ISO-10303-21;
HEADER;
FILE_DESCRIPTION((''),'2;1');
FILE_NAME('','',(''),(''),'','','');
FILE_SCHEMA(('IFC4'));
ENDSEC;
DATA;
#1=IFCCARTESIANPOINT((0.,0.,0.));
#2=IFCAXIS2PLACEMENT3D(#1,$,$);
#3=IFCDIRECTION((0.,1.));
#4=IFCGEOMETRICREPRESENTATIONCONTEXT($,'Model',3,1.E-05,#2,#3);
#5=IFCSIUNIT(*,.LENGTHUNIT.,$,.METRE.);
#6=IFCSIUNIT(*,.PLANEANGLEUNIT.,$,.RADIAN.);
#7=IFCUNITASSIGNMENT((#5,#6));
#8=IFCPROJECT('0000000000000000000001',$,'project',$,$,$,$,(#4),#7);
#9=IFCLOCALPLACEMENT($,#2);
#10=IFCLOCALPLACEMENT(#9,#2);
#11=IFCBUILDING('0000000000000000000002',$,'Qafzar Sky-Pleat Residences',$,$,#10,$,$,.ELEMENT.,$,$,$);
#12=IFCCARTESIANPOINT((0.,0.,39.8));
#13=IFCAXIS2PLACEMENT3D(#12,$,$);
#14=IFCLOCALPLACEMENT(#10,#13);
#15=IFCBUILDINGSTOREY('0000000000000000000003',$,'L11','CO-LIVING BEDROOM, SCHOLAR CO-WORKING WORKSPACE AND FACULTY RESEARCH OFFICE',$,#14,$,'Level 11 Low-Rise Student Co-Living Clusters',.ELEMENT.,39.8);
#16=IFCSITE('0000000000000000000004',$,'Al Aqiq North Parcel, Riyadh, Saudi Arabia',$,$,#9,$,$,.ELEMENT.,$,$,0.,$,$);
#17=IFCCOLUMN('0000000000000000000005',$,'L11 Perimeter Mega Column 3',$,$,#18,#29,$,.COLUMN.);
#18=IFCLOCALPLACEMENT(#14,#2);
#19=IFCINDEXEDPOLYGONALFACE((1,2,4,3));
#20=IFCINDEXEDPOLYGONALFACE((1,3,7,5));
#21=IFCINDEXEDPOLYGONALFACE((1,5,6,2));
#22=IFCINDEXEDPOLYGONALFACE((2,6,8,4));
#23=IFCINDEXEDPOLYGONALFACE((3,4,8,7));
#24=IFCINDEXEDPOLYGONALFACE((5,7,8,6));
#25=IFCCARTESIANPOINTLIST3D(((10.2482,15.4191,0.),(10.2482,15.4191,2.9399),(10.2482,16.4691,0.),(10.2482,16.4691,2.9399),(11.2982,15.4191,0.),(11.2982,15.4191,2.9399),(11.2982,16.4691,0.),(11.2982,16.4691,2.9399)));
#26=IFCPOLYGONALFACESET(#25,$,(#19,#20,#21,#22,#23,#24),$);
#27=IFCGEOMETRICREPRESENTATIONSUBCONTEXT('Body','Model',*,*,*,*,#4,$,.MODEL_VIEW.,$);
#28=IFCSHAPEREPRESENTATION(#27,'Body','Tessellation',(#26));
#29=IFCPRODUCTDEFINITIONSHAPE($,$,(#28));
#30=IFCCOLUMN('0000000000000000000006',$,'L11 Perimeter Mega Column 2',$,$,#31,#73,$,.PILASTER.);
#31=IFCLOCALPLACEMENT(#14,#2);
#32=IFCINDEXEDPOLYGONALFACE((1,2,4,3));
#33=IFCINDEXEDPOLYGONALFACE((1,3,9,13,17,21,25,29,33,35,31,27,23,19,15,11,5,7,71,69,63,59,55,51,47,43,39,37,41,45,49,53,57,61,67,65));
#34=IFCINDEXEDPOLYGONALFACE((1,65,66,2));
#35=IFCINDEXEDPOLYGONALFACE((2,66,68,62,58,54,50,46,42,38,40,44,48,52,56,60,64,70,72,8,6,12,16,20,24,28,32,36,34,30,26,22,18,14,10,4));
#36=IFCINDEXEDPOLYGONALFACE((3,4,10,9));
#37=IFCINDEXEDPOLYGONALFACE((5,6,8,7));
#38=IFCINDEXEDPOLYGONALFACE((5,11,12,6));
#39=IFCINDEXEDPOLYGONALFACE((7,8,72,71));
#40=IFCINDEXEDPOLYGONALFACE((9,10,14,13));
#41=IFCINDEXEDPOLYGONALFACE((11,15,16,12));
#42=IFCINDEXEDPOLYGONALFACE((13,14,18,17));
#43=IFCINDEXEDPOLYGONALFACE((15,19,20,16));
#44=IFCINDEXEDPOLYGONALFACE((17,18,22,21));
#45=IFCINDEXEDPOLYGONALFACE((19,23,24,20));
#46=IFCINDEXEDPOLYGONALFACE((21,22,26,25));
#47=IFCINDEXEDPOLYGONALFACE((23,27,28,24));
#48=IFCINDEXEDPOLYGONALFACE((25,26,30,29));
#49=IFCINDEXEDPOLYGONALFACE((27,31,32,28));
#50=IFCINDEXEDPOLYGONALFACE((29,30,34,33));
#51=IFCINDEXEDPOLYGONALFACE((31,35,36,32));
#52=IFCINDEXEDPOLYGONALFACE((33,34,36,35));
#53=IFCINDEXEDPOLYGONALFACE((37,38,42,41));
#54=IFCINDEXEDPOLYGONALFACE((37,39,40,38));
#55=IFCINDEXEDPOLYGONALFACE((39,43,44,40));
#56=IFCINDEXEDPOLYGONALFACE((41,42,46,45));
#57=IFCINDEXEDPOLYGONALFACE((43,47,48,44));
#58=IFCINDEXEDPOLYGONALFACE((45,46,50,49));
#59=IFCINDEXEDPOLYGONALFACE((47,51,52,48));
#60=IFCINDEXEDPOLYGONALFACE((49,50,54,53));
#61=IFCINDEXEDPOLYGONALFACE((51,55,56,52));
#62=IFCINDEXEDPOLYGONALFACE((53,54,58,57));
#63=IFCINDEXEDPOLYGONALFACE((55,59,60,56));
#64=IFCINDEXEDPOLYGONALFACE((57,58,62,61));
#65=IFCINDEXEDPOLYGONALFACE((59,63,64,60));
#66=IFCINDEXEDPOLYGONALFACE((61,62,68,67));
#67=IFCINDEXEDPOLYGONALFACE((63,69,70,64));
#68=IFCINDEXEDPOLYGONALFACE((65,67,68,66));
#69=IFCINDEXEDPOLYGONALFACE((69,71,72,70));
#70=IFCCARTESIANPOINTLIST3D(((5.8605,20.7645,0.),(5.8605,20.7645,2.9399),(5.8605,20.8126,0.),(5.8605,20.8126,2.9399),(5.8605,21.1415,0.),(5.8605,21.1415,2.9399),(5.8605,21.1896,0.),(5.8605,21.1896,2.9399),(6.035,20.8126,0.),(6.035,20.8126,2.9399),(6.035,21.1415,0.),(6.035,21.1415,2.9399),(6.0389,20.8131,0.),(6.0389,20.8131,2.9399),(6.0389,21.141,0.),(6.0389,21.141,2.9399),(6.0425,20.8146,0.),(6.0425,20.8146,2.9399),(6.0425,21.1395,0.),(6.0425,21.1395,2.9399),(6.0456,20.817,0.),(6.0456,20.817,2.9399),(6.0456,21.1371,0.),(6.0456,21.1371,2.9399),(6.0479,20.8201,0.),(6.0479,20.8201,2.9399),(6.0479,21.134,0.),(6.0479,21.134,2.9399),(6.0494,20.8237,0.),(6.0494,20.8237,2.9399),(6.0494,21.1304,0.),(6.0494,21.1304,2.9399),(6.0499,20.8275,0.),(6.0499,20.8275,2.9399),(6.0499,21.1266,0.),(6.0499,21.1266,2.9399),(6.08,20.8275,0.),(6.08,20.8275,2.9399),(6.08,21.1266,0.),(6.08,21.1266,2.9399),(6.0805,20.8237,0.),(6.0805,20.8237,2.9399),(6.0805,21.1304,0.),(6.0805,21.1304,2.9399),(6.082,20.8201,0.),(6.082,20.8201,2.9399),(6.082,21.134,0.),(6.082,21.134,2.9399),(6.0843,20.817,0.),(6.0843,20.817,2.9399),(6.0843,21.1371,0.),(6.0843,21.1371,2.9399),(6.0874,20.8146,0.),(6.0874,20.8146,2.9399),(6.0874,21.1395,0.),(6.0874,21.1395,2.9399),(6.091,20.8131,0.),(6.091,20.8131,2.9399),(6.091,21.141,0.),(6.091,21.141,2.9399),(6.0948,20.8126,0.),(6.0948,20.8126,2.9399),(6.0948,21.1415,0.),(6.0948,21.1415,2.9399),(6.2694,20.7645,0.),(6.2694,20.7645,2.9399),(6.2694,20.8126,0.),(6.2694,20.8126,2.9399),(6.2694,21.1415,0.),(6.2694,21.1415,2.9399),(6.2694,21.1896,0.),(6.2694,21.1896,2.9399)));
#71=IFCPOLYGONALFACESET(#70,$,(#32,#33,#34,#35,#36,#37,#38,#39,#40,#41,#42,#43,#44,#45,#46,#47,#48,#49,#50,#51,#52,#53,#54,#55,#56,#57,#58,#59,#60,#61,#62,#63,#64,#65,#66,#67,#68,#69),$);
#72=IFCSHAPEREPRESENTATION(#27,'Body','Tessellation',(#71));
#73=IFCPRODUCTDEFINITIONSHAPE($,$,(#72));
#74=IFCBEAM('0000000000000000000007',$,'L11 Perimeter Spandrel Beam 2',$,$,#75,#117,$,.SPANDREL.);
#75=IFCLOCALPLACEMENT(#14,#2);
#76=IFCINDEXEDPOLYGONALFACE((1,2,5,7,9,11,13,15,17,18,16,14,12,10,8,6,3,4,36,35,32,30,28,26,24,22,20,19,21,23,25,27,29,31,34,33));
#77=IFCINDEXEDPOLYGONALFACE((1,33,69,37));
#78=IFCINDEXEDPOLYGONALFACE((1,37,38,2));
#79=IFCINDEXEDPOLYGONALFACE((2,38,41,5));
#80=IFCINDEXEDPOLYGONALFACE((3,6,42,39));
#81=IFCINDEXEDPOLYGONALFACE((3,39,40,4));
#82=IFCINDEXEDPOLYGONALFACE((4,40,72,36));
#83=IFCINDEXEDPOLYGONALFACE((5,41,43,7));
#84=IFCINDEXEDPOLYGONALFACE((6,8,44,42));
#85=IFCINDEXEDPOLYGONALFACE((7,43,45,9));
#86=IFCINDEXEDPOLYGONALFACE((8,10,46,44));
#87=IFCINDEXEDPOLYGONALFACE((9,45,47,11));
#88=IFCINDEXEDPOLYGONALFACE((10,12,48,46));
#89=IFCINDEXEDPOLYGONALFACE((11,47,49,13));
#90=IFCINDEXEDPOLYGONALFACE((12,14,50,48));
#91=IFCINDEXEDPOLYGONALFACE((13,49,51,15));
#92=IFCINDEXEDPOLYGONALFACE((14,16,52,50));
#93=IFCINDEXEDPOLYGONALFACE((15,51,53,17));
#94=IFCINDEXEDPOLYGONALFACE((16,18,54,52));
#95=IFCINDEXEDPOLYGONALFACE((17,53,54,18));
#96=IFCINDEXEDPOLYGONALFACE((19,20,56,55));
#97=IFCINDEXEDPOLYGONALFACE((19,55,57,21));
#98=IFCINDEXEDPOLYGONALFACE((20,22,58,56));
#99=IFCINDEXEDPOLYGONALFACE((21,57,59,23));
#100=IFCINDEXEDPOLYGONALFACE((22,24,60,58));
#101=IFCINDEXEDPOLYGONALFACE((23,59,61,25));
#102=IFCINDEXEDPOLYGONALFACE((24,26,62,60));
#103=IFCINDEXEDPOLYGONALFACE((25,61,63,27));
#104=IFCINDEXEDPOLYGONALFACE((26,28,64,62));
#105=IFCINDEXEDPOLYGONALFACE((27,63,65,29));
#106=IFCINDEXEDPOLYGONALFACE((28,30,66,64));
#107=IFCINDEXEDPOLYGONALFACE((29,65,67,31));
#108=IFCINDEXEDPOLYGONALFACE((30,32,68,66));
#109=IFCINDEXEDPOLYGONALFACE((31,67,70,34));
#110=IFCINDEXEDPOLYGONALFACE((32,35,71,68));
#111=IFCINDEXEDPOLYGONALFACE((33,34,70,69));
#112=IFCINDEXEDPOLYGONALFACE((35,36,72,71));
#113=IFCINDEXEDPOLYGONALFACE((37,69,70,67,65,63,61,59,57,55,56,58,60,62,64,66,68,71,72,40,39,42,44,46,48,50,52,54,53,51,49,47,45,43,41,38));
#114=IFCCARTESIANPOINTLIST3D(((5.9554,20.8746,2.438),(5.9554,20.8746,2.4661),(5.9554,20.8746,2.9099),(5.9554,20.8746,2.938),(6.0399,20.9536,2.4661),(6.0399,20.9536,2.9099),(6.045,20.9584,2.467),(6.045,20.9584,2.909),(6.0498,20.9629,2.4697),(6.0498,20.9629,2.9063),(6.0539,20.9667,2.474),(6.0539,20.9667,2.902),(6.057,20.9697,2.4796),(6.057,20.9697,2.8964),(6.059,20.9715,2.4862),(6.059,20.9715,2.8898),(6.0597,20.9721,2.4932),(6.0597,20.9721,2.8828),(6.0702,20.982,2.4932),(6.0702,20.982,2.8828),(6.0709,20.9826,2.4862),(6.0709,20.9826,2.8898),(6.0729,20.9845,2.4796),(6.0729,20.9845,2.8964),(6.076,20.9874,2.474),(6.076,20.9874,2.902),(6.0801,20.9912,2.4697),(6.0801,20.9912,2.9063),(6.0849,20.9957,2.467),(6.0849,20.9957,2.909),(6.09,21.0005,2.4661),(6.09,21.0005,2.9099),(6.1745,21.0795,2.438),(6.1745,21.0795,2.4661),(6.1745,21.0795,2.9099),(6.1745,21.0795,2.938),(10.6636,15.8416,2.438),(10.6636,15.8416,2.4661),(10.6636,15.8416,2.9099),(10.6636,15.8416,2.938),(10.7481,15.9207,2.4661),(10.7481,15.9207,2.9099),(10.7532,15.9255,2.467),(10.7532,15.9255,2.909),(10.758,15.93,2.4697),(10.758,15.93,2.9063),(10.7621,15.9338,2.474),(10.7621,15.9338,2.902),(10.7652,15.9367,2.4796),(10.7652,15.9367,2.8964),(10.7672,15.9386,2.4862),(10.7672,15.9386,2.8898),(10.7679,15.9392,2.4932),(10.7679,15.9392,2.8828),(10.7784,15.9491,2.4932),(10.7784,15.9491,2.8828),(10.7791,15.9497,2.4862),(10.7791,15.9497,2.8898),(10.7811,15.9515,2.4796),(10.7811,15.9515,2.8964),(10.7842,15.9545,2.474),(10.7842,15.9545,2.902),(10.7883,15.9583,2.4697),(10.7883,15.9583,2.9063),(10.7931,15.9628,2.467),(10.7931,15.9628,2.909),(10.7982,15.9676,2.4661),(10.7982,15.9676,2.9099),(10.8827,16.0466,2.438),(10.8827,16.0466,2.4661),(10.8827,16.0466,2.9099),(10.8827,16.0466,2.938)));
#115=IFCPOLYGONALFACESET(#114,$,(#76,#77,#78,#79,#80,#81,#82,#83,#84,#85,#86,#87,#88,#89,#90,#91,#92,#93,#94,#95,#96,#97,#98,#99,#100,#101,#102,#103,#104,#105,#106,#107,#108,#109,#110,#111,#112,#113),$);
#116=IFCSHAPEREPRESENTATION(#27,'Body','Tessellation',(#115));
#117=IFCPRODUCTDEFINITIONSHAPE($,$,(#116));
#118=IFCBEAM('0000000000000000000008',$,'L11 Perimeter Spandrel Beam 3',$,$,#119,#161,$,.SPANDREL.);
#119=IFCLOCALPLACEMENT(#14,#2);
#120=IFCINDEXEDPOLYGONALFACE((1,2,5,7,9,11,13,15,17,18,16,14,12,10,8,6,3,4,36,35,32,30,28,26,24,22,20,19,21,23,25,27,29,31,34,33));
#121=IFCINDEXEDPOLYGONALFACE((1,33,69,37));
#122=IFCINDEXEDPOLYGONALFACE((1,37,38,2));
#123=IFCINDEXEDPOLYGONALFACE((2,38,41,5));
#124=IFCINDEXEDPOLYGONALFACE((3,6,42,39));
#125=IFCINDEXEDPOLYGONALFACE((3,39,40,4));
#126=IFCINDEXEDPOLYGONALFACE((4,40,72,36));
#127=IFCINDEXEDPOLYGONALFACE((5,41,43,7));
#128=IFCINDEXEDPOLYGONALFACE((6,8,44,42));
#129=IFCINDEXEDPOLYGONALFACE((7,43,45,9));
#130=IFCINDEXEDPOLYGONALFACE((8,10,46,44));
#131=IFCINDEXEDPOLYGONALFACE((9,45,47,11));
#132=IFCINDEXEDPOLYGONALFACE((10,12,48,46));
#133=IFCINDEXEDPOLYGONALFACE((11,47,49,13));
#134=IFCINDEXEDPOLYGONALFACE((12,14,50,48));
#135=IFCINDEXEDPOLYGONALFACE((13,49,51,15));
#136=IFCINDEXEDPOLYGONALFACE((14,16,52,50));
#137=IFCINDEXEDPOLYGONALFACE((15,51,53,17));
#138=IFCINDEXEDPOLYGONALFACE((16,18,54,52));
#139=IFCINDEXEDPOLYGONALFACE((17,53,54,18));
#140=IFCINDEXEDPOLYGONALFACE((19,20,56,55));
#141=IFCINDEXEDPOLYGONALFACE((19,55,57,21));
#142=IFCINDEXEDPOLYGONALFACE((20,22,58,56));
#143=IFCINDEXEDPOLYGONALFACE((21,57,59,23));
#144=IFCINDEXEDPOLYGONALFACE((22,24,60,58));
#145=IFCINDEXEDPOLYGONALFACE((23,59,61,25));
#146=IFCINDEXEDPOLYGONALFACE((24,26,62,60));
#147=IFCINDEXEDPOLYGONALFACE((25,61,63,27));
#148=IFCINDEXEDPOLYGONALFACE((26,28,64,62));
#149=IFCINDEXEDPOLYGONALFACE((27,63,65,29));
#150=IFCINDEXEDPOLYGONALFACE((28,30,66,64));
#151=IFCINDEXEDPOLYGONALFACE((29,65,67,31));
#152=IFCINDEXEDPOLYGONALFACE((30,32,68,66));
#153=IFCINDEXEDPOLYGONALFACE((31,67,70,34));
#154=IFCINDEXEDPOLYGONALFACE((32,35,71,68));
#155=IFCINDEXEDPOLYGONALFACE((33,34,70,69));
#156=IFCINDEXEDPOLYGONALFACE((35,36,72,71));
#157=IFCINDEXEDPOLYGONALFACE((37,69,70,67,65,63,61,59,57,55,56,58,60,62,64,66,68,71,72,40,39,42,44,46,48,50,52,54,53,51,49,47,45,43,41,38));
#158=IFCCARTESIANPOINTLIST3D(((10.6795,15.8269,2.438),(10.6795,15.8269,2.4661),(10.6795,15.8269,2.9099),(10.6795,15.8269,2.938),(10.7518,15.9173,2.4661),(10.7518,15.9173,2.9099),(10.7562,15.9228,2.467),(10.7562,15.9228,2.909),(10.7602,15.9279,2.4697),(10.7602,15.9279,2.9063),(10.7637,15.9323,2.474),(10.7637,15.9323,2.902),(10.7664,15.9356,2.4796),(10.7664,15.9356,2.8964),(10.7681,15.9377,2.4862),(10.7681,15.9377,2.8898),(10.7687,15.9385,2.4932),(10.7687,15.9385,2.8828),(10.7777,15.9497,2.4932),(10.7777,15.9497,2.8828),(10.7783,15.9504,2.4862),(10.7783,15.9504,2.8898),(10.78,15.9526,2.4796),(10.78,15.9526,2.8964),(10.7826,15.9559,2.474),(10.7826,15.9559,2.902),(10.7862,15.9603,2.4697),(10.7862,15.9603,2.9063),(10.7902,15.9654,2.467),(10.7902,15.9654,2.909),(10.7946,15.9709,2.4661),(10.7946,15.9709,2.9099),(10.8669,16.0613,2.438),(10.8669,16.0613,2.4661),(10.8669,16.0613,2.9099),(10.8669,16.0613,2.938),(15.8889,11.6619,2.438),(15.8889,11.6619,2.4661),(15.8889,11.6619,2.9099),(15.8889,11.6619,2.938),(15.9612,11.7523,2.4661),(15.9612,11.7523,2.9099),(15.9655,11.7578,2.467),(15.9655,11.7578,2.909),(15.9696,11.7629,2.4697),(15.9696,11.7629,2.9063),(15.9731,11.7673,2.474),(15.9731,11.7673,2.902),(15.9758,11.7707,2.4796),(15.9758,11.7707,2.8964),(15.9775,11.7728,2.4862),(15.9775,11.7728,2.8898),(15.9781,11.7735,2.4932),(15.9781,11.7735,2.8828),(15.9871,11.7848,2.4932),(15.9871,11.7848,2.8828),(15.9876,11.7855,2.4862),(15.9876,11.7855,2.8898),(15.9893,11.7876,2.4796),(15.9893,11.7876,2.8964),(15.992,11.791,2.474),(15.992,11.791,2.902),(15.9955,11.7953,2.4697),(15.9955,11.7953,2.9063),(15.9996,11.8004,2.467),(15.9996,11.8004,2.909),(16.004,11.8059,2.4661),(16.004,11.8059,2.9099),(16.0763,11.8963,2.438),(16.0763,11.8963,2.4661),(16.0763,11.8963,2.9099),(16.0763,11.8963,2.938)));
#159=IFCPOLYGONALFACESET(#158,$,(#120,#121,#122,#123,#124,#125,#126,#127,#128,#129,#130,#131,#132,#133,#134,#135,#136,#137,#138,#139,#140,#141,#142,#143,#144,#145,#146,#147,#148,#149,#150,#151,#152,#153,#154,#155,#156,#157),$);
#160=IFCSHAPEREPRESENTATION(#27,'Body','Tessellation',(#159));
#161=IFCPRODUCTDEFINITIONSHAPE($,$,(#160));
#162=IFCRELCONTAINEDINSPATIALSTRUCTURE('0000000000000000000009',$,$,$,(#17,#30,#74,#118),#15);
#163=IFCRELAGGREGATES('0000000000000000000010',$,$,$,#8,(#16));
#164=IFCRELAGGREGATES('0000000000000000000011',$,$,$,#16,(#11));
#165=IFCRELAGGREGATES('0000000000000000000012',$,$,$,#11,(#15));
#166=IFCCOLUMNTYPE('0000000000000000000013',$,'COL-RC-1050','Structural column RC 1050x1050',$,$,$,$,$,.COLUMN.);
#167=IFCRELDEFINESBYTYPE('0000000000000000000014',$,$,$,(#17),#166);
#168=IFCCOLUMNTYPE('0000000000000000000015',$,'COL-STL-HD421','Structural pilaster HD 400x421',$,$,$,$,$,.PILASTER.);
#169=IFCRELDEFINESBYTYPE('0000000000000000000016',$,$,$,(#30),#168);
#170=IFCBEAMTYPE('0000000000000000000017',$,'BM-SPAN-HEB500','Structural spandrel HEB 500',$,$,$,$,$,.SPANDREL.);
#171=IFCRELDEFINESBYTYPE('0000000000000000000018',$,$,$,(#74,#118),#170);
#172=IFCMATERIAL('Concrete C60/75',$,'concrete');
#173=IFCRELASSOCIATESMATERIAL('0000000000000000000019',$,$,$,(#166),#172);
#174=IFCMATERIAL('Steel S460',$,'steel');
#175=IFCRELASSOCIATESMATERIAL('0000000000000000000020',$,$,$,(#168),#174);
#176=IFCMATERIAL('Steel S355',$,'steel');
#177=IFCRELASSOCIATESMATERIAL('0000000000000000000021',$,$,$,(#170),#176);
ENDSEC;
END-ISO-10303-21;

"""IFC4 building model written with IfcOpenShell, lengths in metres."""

from ifc_helpers import new_model, si_unit, direction, frame, origin, origin_2d, place, context, subcontext, project, spatial, rectangle, i_section, extrude, source, transform, mapped, material, material_profile, profile_set, type_object, element, save


model = new_model("IFC4")

# Units and contexts
model_context = context("Model", 3, precision=1e-05, world=origin(), true_north=direction((0.0, 1.0)))
body_context = subcontext(model_context, "Body", "Model", "MODEL_VIEW")
ifc_project = project(units=[si_unit("LENGTHUNIT", "METRE"), si_unit("PLANEANGLEUNIT", "RADIAN")], contexts=[model_context])

# Site, building, storey
site_placement = place(None, origin())
site = spatial("IfcSite", under=ifc_project, at=site_placement, Name="Al Aqiq North Parcel, Riyadh, Saudi Arabia", CompositionType="ELEMENT", RefElevation=0.0)
building_placement = place(site_placement, origin())
building = spatial("IfcBuilding", under=site, at=building_placement, Name="Qafzar Sky-Pleat Residences", CompositionType="ELEMENT")
storey_placement = place(building_placement, frame((0.0, 0.0, 39.8)))
storey = spatial("IfcBuildingStorey", under=building, at=storey_placement, Name="L11", Description="CO-LIVING BEDROOM, SCHOLAR CO-WORKING WORKSPACE AND FACULTY RESEARCH OFFICE", LongName="Level 11 Low-Rise Student Co-Living Clusters", CompositionType="ELEMENT", Elevation=39.8)

# Columns
ifc_material_1 = material(Name="Concrete C60/75", Category="concrete")
ifc_material_profile_1 = material_profile(ifc_material_1, rectangle(XDim=1.05, YDim=1.05, at=origin_2d()), Name="RC 1050x1050")
ifc_profile_set_1 = profile_set([ifc_material_profile_1], Name="Concrete C60/75")
column_type_1 = type_object("IfcColumnType", Name="COL-RC-1050", Description="Structural column RC 1050x1050", PredefinedType="COLUMN", material=ifc_profile_set_1)
shared_shape_1 = source(origin(), body_context, "Body", "SweptSolid", [
    extrude(rectangle(XDim=1.05, YDim=1.05, at=origin_2d()), origin(), (0.0, 0.0, 1.0), 2.9399),
])
column_1_placement = place(storey_placement, frame((10.7732, 15.9441, 0.0), z_axis=(0.0, 0.0, 1.0), x_axis=(1.0, 0.0, 0.0)))
element("IfcColumn", 1, at=column_1_placement, inside=storey, type_object=column_type_1, Name="L11 Perimeter Mega Column 3", PredefinedType="COLUMN", context=body_context, shape_type="MappedRepresentation", body=[
    mapped(shared_shape_1, transform((0.0, 0.0, 0.0), x_axis=(1.0, 0.0, 0.0), y_axis=(0.0, 1.0, 0.0), z_axis=(0.0, 0.0, 1.0), scale=1.0)),
])
ifc_material_2 = material(Name="Steel S460", Category="steel")
ifc_material_profile_2 = material_profile(ifc_material_2, i_section(OverallWidth=0.4089, OverallDepth=0.425, WebThickness=0.03, FlangeThickness=0.0481, FilletRadius=0.0149, at=origin_2d()), Name="HD 400x421")
ifc_profile_set_2 = profile_set([ifc_material_profile_2], Name="Steel S460")
column_type_2 = type_object("IfcColumnType", Name="COL-STL-HD421", Description="Structural pilaster HD 400x421", PredefinedType="PILASTER", material=ifc_profile_set_2)
shared_shape_2 = source(origin(), body_context, "Body", "SweptSolid", [
    extrude(i_section(OverallWidth=0.4089, OverallDepth=0.425, WebThickness=0.03, FlangeThickness=0.0481, FilletRadius=0.0149, at=origin_2d()), origin(), (0.0, 0.0, 1.0), 2.9399),
])
column_2_placement = place(storey_placement, frame((6.0649, 20.9771, 0.0), z_axis=(0.0, 0.0, 1.0), x_axis=(1.0, 0.0, 0.0)))
element("IfcColumn", 2, at=column_2_placement, inside=storey, type_object=column_type_2, Name="L11 Perimeter Mega Column 2", PredefinedType="PILASTER", context=body_context, shape_type="MappedRepresentation", body=[
    mapped(shared_shape_2, transform((0.0, 0.0, 0.0), x_axis=(1.0, 0.0, 0.0), y_axis=(0.0, 1.0, 0.0), z_axis=(0.0, 0.0, 1.0), scale=1.0)),
])

# Beams
ifc_material_3 = material(Name="Steel S355", Category="steel")
ifc_material_profile_3 = material_profile(ifc_material_3, i_section(OverallWidth=0.3, OverallDepth=0.5, WebThickness=0.0144, FlangeThickness=0.0281, FilletRadius=0.0271, at=origin_2d()), Name="HEB 500")
ifc_profile_set_3 = profile_set([ifc_material_profile_3], Name="Steel S355")
beam_type_1 = type_object("IfcBeamType", Name="BM-SPAN-HEB500", Description="Structural spandrel HEB 500", PredefinedType="SPANDREL", material=ifc_profile_set_3)
shared_shape_3 = source(origin(), body_context, "Body", "SweptSolid", [
    extrude(i_section(OverallWidth=0.3, OverallDepth=0.5, WebThickness=0.0144, FlangeThickness=0.0281, FilletRadius=0.0271, at=origin_2d()), origin(), (0.0, 0.0, 1.0), 6.8918),
])
beam_1_placement = place(storey_placement, frame((6.0649, 20.9771, 2.688), z_axis=(0.683157, -0.730271, 0.0), x_axis=(0.730271, 0.683157, 0.0)))
element("IfcBeam", 3, at=beam_1_placement, inside=storey, type_object=beam_type_1, Name="L11 Perimeter Spandrel Beam 2", PredefinedType="SPANDREL", context=body_context, shape_type="MappedRepresentation", body=[
    mapped(shared_shape_3, transform((0.0, 0.0, 0.0), x_axis=(1.0, 0.0, 0.0), y_axis=(0.0, 1.0, 0.0), z_axis=(0.0, 0.0, 1.0), scale=1.0)),
])
shared_shape_4 = source(origin(), body_context, "Body", "SweptSolid", [
    extrude(i_section(OverallWidth=0.3, OverallDepth=0.5, WebThickness=0.0144, FlangeThickness=0.0281, FilletRadius=0.0271, at=origin_2d()), origin(), (0.0, 0.0, 1.0), 6.6697),
])
beam_2_placement = place(storey_placement, frame((10.7732, 15.9441, 2.688), z_axis=(0.781054, -0.624463, 0.0), x_axis=(0.624463, 0.781054, 0.0)))
element("IfcBeam", 4, at=beam_2_placement, inside=storey, type_object=beam_type_1, Name="L11 Perimeter Spandrel Beam 3", PredefinedType="SPANDREL", context=body_context, shape_type="MappedRepresentation", body=[
    mapped(shared_shape_4, transform((0.0, 0.0, 0.0), x_axis=(1.0, 0.0, 0.0), y_axis=(0.0, 1.0, 0.0), z_axis=(0.0, 0.0, 1.0), scale=1.0)),
])

save(model, "model.ifc")
